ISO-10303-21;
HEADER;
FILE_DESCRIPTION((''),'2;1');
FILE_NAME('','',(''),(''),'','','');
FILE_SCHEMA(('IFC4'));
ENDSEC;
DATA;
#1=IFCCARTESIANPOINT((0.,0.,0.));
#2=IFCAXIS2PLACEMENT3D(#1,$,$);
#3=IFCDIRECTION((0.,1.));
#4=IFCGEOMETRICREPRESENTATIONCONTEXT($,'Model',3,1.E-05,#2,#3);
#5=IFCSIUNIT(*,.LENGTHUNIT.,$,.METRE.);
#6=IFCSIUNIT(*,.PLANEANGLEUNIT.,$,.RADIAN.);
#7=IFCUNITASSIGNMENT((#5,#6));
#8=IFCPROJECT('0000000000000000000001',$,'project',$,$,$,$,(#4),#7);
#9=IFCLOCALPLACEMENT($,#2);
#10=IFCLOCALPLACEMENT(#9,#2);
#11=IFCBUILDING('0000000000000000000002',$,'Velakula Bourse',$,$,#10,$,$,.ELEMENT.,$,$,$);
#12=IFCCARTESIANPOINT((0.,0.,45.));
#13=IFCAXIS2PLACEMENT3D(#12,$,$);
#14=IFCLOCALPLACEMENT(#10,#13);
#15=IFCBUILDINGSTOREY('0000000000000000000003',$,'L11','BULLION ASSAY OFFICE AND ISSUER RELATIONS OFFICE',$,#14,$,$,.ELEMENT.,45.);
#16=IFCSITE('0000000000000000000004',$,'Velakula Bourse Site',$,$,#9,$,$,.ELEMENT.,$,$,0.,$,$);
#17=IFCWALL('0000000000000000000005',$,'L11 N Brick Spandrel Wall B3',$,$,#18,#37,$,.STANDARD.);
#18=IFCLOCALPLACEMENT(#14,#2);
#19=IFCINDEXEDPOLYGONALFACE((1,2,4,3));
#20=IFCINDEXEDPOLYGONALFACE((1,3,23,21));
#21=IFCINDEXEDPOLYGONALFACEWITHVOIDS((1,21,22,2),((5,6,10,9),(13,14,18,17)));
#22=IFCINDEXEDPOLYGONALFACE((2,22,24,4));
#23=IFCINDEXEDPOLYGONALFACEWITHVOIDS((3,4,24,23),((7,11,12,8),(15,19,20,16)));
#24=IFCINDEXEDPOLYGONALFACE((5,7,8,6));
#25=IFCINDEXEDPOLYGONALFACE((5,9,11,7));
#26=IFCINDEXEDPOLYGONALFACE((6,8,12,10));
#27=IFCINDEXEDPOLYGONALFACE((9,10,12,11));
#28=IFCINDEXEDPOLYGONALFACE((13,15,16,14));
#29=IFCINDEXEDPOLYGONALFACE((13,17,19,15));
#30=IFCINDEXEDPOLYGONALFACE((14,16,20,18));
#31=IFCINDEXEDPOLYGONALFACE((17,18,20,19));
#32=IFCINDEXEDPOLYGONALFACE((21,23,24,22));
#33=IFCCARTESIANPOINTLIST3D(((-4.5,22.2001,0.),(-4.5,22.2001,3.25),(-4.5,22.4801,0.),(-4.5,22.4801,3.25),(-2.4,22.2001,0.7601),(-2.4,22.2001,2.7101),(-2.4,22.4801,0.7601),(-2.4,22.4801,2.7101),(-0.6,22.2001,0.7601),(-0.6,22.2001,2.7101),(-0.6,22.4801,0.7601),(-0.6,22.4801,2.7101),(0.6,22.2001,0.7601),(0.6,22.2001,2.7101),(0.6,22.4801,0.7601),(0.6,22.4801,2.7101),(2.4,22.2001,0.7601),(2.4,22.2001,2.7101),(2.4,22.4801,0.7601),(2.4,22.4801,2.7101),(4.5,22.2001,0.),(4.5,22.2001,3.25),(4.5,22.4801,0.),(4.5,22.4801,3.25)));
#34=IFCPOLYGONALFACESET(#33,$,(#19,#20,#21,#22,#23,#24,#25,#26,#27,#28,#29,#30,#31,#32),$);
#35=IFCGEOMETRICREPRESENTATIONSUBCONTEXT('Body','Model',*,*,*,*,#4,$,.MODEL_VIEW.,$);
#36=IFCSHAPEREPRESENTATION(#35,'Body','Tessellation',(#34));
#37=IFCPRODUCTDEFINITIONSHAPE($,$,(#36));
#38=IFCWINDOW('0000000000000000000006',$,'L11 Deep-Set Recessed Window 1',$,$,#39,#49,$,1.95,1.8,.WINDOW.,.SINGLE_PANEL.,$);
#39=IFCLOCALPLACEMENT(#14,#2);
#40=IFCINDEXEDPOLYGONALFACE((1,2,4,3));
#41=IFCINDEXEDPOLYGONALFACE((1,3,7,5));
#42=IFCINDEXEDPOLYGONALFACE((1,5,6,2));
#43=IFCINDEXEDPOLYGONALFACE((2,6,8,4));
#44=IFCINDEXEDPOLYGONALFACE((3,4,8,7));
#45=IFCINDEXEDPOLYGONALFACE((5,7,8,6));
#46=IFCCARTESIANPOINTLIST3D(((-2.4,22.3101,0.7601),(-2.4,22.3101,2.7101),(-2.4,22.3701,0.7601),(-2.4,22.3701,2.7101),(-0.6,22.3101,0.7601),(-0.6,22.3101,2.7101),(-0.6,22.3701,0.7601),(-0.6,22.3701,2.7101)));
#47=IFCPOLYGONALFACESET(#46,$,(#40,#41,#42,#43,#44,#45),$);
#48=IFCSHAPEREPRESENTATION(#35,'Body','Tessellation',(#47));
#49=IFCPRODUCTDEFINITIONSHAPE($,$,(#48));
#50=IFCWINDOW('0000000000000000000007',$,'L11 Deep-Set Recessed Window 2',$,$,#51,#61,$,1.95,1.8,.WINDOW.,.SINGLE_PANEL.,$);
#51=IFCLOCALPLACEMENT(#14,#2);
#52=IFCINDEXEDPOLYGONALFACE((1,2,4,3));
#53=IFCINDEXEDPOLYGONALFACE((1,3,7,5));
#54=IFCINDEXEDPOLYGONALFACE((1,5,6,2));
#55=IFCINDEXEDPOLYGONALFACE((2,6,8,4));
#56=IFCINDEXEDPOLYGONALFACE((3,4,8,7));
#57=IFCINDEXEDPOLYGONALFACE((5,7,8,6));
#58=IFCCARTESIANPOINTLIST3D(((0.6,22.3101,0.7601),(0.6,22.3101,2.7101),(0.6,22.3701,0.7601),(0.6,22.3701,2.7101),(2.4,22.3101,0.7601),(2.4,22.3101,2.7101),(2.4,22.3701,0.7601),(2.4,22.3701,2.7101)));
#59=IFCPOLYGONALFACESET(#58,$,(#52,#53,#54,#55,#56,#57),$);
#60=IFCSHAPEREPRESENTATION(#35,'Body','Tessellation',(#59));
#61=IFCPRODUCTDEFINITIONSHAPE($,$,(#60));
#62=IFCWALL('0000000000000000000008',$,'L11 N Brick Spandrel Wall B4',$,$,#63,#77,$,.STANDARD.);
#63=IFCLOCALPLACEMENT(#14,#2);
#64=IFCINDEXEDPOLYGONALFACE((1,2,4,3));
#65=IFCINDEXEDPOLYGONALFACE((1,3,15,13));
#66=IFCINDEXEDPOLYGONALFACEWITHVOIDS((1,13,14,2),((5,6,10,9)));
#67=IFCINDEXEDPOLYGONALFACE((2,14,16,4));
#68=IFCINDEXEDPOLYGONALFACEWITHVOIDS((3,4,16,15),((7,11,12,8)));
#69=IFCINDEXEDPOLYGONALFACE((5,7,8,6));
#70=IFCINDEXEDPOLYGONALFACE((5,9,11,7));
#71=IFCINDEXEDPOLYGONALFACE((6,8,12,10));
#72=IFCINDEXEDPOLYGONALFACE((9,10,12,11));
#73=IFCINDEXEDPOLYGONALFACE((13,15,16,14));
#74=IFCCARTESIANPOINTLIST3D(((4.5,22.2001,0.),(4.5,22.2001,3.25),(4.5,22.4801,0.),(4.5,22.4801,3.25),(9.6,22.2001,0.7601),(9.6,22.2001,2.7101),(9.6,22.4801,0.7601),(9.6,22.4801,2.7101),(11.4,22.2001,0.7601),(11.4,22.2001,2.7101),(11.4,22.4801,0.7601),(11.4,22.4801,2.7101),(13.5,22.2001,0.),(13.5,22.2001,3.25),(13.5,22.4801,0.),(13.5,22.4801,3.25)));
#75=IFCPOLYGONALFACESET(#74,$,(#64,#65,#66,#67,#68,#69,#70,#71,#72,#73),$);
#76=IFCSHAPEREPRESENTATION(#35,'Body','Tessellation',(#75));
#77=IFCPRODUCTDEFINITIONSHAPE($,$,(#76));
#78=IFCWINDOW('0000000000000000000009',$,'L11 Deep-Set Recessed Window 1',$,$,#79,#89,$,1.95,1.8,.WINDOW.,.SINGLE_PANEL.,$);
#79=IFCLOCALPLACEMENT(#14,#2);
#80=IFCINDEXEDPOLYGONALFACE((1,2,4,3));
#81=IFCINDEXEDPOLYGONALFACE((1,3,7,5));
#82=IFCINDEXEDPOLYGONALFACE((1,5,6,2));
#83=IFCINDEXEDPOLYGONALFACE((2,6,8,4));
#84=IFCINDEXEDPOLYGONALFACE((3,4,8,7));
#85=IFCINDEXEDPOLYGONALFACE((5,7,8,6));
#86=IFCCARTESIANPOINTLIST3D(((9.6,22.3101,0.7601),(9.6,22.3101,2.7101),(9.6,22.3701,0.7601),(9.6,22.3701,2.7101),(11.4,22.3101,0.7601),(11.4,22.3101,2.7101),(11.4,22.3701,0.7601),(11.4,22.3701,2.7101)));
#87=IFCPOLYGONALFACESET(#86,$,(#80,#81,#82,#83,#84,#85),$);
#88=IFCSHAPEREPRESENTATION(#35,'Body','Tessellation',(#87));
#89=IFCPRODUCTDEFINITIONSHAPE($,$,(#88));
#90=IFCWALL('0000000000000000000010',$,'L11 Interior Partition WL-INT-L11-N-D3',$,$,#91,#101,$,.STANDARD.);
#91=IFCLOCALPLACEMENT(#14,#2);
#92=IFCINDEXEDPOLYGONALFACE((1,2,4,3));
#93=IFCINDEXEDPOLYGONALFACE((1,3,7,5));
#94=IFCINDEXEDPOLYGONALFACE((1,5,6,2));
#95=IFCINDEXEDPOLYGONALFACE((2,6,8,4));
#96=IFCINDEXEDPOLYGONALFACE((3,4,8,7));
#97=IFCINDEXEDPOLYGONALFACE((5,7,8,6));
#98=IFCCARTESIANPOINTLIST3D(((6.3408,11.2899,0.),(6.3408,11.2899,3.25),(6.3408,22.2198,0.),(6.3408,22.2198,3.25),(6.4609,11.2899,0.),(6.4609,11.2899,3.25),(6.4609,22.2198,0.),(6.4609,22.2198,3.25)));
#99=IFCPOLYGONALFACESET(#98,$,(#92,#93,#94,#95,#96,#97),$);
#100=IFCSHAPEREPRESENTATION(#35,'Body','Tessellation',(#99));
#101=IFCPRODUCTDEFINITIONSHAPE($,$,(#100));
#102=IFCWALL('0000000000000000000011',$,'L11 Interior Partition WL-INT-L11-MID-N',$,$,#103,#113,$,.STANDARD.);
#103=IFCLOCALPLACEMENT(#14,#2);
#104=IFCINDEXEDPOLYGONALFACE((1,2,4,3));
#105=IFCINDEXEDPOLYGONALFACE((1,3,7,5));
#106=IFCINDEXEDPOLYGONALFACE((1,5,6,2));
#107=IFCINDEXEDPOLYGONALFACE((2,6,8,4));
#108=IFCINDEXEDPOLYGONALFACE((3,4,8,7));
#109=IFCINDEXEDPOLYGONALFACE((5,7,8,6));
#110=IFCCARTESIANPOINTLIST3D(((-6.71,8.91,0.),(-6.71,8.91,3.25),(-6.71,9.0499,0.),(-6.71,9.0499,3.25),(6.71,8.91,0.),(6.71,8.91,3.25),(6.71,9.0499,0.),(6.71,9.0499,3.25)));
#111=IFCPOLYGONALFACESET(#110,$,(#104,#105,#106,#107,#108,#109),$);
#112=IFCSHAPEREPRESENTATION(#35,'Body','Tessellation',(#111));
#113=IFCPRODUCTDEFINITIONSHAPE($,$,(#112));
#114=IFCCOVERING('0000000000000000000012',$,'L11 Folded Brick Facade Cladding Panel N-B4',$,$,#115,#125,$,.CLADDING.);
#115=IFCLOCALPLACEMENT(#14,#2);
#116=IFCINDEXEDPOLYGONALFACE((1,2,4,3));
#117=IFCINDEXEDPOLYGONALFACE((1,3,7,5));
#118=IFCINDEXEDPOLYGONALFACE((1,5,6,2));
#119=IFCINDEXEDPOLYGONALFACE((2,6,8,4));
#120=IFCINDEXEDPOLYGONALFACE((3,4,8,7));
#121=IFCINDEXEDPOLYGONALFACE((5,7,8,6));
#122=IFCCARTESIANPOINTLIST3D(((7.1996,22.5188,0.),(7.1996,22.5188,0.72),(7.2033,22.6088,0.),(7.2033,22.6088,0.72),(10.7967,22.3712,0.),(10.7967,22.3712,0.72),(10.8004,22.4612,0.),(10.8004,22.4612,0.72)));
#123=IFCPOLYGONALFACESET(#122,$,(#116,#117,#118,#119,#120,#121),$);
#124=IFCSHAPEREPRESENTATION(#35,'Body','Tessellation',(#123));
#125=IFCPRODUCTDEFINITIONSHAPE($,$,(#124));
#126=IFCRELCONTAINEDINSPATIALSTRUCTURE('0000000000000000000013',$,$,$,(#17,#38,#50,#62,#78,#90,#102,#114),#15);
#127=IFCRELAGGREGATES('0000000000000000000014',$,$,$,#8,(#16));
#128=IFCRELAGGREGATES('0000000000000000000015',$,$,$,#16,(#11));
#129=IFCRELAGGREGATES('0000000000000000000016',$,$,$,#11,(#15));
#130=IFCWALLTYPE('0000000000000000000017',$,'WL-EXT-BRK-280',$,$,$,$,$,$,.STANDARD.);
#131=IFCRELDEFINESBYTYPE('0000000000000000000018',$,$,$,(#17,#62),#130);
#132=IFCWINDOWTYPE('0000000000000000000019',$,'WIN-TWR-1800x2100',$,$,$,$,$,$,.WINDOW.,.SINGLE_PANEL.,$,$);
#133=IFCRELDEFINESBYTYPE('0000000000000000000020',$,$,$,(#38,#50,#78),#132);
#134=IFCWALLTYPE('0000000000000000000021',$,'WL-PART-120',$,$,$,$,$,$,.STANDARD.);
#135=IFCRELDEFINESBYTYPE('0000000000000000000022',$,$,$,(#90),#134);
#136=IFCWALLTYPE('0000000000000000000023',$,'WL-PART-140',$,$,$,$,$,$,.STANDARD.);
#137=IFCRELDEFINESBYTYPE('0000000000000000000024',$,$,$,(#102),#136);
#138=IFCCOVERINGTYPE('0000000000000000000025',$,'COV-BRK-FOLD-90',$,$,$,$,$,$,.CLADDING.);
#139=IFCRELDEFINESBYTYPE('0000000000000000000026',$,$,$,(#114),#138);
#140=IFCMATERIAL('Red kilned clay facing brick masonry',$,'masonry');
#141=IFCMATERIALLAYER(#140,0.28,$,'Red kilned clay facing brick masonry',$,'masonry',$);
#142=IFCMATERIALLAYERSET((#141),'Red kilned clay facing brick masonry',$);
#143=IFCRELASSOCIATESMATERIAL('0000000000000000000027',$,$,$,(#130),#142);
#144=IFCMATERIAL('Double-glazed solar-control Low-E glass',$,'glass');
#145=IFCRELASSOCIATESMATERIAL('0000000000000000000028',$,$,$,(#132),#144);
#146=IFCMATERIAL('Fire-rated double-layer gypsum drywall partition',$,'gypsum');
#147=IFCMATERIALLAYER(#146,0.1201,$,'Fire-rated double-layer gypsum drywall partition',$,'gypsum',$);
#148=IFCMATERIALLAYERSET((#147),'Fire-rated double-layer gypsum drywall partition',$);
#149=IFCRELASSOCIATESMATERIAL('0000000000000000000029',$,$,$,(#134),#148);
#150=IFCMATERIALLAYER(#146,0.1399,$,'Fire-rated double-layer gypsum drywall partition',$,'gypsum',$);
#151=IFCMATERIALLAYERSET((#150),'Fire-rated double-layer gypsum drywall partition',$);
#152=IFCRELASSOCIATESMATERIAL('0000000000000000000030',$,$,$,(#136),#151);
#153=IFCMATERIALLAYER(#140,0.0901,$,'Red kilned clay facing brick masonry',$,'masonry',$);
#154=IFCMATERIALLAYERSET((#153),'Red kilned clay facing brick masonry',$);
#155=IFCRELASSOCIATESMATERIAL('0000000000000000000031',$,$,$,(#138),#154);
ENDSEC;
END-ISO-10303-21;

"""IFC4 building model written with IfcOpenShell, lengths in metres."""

from ifc_helpers import new_model, si_unit, direction, frame, frame_2d, origin, origin_2d, place, context, subcontext, project, spatial, rectangle, extrude, material, layer, layer_set, type_object, element, fill, save


model = new_model("IFC4")

# Units and contexts
model_context = context("Model", 3, precision=1e-05, world=origin(), true_north=direction((0.0, 1.0)))
body_context = subcontext(model_context, "Body", "Model", "MODEL_VIEW")
ifc_project = project(units=[si_unit("LENGTHUNIT", "METRE"), si_unit("PLANEANGLEUNIT", "RADIAN")], contexts=[model_context])

# Site, building, storey
site_placement = place(None, origin())
site = spatial("IfcSite", under=ifc_project, at=site_placement, Name="Velakula Bourse Site", CompositionType="ELEMENT", RefElevation=0.0)
building_placement = place(site_placement, origin())
building = spatial("IfcBuilding", under=site, at=building_placement, Name="Velakula Bourse", CompositionType="ELEMENT")
storey_placement = place(building_placement, frame((0.0, 0.0, 45.0)))
storey = spatial("IfcBuildingStorey", under=building, at=storey_placement, Name="L11", Description="BULLION ASSAY OFFICE AND ISSUER RELATIONS OFFICE", CompositionType="ELEMENT", Elevation=45.0)

# Wall, openings, windows
ifc_material_1 = material(Name="Red kilned clay facing brick masonry", Category="masonry")
ifc_layer_1 = layer(ifc_material_1, 0.28, Name="Red kilned clay facing brick masonry", Category="masonry")
ifc_layer_set_1 = layer_set([ifc_layer_1], Name="Red kilned clay facing brick masonry")
wall_type_1 = type_object("IfcWallType", Name="WL-EXT-BRK-280", PredefinedType="STANDARD", material=ifc_layer_set_1)
wall_1_placement = place(storey_placement, frame((-4.5, 22.3401, 0.0), z_axis=(0.0, 0.0, 1.0), x_axis=(1.0, 0.0, 0.0)))
wall_1 = element("IfcWall", 1, at=wall_1_placement, inside=storey, type_object=wall_type_1, Name="L11 N Brick Spandrel Wall B3", PredefinedType="STANDARD", context=body_context, shape_type="SweptSolid", body=[
    extrude(rectangle(XDim=9.0, YDim=0.28, at=frame_2d((4.5, 0.0))), origin(), (0.0, 0.0, 1.0), 3.25),
])
opening_1_placement = place(wall_1_placement, frame((2.1001, 0.0, 0.76)))
opening_1 = element("IfcOpeningElement", 2, at=opening_1_placement, cuts=wall_1, PredefinedType="OPENING", context=body_context, shape_type="SweptSolid", body=[
    extrude(rectangle(XDim=1.8, YDim=1.95, at=frame_2d((0.8999, 0.9751))), frame((0.0, 0.1499, 0.0), z_axis=(0.0, -1.0, 0.0), x_axis=(1.0, 0.0, 0.0)), (0.0, 0.0, 1.0), 0.3),
])
opening_2_placement = place(wall_1_placement, frame((5.1001, 0.0, 0.76)))
opening_2 = element("IfcOpeningElement", 3, at=opening_2_placement, cuts=wall_1, PredefinedType="OPENING", context=body_context, shape_type="SweptSolid", body=[
    extrude(rectangle(XDim=1.8, YDim=1.95, at=frame_2d((0.8999, 0.9751))), frame((0.0, 0.1499, 0.0), z_axis=(0.0, -1.0, 0.0), x_axis=(1.0, 0.0, 0.0)), (0.0, 0.0, 1.0), 0.3),
])
ifc_material_2 = material(Name="Double-glazed solar-control Low-E glass", Category="glass")
window_type = type_object("IfcWindowType", Name="WIN-TWR-1800x2100", PartitioningType="SINGLE_PANEL", PredefinedType="WINDOW", material=ifc_material_2)
window_1_placement = place(opening_1_placement, origin())
window_1 = element("IfcWindow", 4, at=window_1_placement, inside=storey, type_object=window_type, Name="L11 Deep-Set Recessed Window 1", OverallHeight=1.95, OverallWidth=1.8, PartitioningType="SINGLE_PANEL", PredefinedType="WINDOW", context=body_context, shape_type="SweptSolid", body=[
    extrude(rectangle(XDim=1.8, YDim=1.95, at=frame_2d((0.8999, 0.9751))), frame((0.0, 0.03, 0.0), z_axis=(0.0, -1.0, 0.0), x_axis=(1.0, 0.0, 0.0)), (0.0, 0.0, 1.0), 0.0601),
])
fill(opening_1, window_1)
window_2_placement = place(opening_2_placement, origin())
window_2 = element("IfcWindow", 5, at=window_2_placement, inside=storey, type_object=window_type, Name="L11 Deep-Set Recessed Window 2", OverallHeight=1.95, OverallWidth=1.8, PartitioningType="SINGLE_PANEL", PredefinedType="WINDOW", context=body_context, shape_type="SweptSolid", body=[
    extrude(rectangle(XDim=1.8, YDim=1.95, at=frame_2d((0.8999, 0.9751))), frame((0.0, 0.03, 0.0), z_axis=(0.0, -1.0, 0.0), x_axis=(1.0, 0.0, 0.0)), (0.0, 0.0, 1.0), 0.0601),
])
fill(opening_2, window_2)

# Wall, opening, window
wall_2_placement = place(storey_placement, frame((4.5, 22.3401, 0.0), z_axis=(0.0, 0.0, 1.0), x_axis=(1.0, 0.0, 0.0)))
wall_2 = element("IfcWall", 6, at=wall_2_placement, inside=storey, type_object=wall_type_1, Name="L11 N Brick Spandrel Wall B4", PredefinedType="STANDARD", context=body_context, shape_type="SweptSolid", body=[
    extrude(rectangle(XDim=9.0, YDim=0.28, at=frame_2d((4.5, 0.0))), origin(), (0.0, 0.0, 1.0), 3.25),
])
opening_3_placement = place(wall_2_placement, frame((5.1001, 0.0, 0.76)))
opening_3 = element("IfcOpeningElement", 7, at=opening_3_placement, cuts=wall_2, PredefinedType="OPENING", context=body_context, shape_type="SweptSolid", body=[
    extrude(rectangle(XDim=1.8, YDim=1.95, at=frame_2d((0.8999, 0.9751))), frame((0.0, 0.1499, 0.0), z_axis=(0.0, -1.0, 0.0), x_axis=(1.0, 0.0, 0.0)), (0.0, 0.0, 1.0), 0.3),
])
window_3_placement = place(opening_3_placement, origin())
window_3 = element("IfcWindow", 8, at=window_3_placement, inside=storey, type_object=window_type, Name="L11 Deep-Set Recessed Window 1", OverallHeight=1.95, OverallWidth=1.8, PartitioningType="SINGLE_PANEL", PredefinedType="WINDOW", context=body_context, shape_type="SweptSolid", body=[
    extrude(rectangle(XDim=1.8, YDim=1.95, at=frame_2d((0.8999, 0.9751))), frame((0.0, 0.03, 0.0), z_axis=(0.0, -1.0, 0.0), x_axis=(1.0, 0.0, 0.0)), (0.0, 0.0, 1.0), 0.0601),
])
fill(opening_3, window_3)

# Walls
ifc_material_3 = material(Name="Fire-rated double-layer gypsum drywall partition", Category="gypsum")
ifc_layer_2 = layer(ifc_material_3, 0.1201, Name="Fire-rated double-layer gypsum drywall partition", Category="gypsum")
ifc_layer_set_2 = layer_set([ifc_layer_2], Name="Fire-rated double-layer gypsum drywall partition")
wall_type_2 = type_object("IfcWallType", Name="WL-PART-120", PredefinedType="STANDARD", material=ifc_layer_set_2)
wall_3_placement = place(storey_placement, frame((6.4009, 11.29, 0.0), z_axis=(0.0, 0.0, 1.0), x_axis=(0.0, 1.0, 0.0)))
element("IfcWall", 9, at=wall_3_placement, inside=storey, type_object=wall_type_2, Name="L11 Interior Partition WL-INT-L11-N-D3", PredefinedType="STANDARD", context=body_context, shape_type="SweptSolid", body=[
    extrude(rectangle(XDim=10.9299, YDim=0.1201, at=frame_2d((5.4648, 0.0))), origin(), (0.0, 0.0, 1.0), 3.25),
])
ifc_layer_3 = layer(ifc_material_3, 0.1399, Name="Fire-rated double-layer gypsum drywall partition", Category="gypsum")
ifc_layer_set_3 = layer_set([ifc_layer_3], Name="Fire-rated double-layer gypsum drywall partition")
wall_type_3 = type_object("IfcWallType", Name="WL-PART-140", PredefinedType="STANDARD", material=ifc_layer_set_3)
wall_4_placement = place(storey_placement, frame((-6.71, 8.98, 0.0), z_axis=(0.0, 0.0, 1.0), x_axis=(1.0, 0.0, 0.0)))
element("IfcWall", 10, at=wall_4_placement, inside=storey, type_object=wall_type_3, Name="L11 Interior Partition WL-INT-L11-MID-N", PredefinedType="STANDARD", context=body_context, shape_type="SweptSolid", body=[
    extrude(rectangle(XDim=13.4199, YDim=0.1399, at=frame_2d((6.71, 0.0))), origin(), (0.0, 0.0, 1.0), 3.25),
])

# Covering
ifc_layer_4 = layer(ifc_material_1, 0.0901, Name="Red kilned clay facing brick masonry", Category="masonry")
ifc_layer_set_4 = layer_set([ifc_layer_4], Name="Red kilned clay facing brick masonry")
covering_type = type_object("IfcCoveringType", Name="COV-BRK-FOLD-90", PredefinedType="CLADDING", material=ifc_layer_set_4)
covering_placement = place(storey_placement, frame((9.0, 22.49, 0.0), z_axis=(0.0, 0.0, 1.0), x_axis=(0.999159, -0.041004, 0.0)))
element("IfcCovering", 11, at=covering_placement, inside=storey, type_object=covering_type, Name="L11 Folded Brick Facade Cladding Panel N-B4", PredefinedType="CLADDING", context=body_context, shape_type="SweptSolid", body=[
    extrude(rectangle(XDim=3.6001, YDim=0.0901, at=origin_2d()), origin(), (0.0, 0.0, 1.0), 0.72),
])

save(model, "model.ifc")
